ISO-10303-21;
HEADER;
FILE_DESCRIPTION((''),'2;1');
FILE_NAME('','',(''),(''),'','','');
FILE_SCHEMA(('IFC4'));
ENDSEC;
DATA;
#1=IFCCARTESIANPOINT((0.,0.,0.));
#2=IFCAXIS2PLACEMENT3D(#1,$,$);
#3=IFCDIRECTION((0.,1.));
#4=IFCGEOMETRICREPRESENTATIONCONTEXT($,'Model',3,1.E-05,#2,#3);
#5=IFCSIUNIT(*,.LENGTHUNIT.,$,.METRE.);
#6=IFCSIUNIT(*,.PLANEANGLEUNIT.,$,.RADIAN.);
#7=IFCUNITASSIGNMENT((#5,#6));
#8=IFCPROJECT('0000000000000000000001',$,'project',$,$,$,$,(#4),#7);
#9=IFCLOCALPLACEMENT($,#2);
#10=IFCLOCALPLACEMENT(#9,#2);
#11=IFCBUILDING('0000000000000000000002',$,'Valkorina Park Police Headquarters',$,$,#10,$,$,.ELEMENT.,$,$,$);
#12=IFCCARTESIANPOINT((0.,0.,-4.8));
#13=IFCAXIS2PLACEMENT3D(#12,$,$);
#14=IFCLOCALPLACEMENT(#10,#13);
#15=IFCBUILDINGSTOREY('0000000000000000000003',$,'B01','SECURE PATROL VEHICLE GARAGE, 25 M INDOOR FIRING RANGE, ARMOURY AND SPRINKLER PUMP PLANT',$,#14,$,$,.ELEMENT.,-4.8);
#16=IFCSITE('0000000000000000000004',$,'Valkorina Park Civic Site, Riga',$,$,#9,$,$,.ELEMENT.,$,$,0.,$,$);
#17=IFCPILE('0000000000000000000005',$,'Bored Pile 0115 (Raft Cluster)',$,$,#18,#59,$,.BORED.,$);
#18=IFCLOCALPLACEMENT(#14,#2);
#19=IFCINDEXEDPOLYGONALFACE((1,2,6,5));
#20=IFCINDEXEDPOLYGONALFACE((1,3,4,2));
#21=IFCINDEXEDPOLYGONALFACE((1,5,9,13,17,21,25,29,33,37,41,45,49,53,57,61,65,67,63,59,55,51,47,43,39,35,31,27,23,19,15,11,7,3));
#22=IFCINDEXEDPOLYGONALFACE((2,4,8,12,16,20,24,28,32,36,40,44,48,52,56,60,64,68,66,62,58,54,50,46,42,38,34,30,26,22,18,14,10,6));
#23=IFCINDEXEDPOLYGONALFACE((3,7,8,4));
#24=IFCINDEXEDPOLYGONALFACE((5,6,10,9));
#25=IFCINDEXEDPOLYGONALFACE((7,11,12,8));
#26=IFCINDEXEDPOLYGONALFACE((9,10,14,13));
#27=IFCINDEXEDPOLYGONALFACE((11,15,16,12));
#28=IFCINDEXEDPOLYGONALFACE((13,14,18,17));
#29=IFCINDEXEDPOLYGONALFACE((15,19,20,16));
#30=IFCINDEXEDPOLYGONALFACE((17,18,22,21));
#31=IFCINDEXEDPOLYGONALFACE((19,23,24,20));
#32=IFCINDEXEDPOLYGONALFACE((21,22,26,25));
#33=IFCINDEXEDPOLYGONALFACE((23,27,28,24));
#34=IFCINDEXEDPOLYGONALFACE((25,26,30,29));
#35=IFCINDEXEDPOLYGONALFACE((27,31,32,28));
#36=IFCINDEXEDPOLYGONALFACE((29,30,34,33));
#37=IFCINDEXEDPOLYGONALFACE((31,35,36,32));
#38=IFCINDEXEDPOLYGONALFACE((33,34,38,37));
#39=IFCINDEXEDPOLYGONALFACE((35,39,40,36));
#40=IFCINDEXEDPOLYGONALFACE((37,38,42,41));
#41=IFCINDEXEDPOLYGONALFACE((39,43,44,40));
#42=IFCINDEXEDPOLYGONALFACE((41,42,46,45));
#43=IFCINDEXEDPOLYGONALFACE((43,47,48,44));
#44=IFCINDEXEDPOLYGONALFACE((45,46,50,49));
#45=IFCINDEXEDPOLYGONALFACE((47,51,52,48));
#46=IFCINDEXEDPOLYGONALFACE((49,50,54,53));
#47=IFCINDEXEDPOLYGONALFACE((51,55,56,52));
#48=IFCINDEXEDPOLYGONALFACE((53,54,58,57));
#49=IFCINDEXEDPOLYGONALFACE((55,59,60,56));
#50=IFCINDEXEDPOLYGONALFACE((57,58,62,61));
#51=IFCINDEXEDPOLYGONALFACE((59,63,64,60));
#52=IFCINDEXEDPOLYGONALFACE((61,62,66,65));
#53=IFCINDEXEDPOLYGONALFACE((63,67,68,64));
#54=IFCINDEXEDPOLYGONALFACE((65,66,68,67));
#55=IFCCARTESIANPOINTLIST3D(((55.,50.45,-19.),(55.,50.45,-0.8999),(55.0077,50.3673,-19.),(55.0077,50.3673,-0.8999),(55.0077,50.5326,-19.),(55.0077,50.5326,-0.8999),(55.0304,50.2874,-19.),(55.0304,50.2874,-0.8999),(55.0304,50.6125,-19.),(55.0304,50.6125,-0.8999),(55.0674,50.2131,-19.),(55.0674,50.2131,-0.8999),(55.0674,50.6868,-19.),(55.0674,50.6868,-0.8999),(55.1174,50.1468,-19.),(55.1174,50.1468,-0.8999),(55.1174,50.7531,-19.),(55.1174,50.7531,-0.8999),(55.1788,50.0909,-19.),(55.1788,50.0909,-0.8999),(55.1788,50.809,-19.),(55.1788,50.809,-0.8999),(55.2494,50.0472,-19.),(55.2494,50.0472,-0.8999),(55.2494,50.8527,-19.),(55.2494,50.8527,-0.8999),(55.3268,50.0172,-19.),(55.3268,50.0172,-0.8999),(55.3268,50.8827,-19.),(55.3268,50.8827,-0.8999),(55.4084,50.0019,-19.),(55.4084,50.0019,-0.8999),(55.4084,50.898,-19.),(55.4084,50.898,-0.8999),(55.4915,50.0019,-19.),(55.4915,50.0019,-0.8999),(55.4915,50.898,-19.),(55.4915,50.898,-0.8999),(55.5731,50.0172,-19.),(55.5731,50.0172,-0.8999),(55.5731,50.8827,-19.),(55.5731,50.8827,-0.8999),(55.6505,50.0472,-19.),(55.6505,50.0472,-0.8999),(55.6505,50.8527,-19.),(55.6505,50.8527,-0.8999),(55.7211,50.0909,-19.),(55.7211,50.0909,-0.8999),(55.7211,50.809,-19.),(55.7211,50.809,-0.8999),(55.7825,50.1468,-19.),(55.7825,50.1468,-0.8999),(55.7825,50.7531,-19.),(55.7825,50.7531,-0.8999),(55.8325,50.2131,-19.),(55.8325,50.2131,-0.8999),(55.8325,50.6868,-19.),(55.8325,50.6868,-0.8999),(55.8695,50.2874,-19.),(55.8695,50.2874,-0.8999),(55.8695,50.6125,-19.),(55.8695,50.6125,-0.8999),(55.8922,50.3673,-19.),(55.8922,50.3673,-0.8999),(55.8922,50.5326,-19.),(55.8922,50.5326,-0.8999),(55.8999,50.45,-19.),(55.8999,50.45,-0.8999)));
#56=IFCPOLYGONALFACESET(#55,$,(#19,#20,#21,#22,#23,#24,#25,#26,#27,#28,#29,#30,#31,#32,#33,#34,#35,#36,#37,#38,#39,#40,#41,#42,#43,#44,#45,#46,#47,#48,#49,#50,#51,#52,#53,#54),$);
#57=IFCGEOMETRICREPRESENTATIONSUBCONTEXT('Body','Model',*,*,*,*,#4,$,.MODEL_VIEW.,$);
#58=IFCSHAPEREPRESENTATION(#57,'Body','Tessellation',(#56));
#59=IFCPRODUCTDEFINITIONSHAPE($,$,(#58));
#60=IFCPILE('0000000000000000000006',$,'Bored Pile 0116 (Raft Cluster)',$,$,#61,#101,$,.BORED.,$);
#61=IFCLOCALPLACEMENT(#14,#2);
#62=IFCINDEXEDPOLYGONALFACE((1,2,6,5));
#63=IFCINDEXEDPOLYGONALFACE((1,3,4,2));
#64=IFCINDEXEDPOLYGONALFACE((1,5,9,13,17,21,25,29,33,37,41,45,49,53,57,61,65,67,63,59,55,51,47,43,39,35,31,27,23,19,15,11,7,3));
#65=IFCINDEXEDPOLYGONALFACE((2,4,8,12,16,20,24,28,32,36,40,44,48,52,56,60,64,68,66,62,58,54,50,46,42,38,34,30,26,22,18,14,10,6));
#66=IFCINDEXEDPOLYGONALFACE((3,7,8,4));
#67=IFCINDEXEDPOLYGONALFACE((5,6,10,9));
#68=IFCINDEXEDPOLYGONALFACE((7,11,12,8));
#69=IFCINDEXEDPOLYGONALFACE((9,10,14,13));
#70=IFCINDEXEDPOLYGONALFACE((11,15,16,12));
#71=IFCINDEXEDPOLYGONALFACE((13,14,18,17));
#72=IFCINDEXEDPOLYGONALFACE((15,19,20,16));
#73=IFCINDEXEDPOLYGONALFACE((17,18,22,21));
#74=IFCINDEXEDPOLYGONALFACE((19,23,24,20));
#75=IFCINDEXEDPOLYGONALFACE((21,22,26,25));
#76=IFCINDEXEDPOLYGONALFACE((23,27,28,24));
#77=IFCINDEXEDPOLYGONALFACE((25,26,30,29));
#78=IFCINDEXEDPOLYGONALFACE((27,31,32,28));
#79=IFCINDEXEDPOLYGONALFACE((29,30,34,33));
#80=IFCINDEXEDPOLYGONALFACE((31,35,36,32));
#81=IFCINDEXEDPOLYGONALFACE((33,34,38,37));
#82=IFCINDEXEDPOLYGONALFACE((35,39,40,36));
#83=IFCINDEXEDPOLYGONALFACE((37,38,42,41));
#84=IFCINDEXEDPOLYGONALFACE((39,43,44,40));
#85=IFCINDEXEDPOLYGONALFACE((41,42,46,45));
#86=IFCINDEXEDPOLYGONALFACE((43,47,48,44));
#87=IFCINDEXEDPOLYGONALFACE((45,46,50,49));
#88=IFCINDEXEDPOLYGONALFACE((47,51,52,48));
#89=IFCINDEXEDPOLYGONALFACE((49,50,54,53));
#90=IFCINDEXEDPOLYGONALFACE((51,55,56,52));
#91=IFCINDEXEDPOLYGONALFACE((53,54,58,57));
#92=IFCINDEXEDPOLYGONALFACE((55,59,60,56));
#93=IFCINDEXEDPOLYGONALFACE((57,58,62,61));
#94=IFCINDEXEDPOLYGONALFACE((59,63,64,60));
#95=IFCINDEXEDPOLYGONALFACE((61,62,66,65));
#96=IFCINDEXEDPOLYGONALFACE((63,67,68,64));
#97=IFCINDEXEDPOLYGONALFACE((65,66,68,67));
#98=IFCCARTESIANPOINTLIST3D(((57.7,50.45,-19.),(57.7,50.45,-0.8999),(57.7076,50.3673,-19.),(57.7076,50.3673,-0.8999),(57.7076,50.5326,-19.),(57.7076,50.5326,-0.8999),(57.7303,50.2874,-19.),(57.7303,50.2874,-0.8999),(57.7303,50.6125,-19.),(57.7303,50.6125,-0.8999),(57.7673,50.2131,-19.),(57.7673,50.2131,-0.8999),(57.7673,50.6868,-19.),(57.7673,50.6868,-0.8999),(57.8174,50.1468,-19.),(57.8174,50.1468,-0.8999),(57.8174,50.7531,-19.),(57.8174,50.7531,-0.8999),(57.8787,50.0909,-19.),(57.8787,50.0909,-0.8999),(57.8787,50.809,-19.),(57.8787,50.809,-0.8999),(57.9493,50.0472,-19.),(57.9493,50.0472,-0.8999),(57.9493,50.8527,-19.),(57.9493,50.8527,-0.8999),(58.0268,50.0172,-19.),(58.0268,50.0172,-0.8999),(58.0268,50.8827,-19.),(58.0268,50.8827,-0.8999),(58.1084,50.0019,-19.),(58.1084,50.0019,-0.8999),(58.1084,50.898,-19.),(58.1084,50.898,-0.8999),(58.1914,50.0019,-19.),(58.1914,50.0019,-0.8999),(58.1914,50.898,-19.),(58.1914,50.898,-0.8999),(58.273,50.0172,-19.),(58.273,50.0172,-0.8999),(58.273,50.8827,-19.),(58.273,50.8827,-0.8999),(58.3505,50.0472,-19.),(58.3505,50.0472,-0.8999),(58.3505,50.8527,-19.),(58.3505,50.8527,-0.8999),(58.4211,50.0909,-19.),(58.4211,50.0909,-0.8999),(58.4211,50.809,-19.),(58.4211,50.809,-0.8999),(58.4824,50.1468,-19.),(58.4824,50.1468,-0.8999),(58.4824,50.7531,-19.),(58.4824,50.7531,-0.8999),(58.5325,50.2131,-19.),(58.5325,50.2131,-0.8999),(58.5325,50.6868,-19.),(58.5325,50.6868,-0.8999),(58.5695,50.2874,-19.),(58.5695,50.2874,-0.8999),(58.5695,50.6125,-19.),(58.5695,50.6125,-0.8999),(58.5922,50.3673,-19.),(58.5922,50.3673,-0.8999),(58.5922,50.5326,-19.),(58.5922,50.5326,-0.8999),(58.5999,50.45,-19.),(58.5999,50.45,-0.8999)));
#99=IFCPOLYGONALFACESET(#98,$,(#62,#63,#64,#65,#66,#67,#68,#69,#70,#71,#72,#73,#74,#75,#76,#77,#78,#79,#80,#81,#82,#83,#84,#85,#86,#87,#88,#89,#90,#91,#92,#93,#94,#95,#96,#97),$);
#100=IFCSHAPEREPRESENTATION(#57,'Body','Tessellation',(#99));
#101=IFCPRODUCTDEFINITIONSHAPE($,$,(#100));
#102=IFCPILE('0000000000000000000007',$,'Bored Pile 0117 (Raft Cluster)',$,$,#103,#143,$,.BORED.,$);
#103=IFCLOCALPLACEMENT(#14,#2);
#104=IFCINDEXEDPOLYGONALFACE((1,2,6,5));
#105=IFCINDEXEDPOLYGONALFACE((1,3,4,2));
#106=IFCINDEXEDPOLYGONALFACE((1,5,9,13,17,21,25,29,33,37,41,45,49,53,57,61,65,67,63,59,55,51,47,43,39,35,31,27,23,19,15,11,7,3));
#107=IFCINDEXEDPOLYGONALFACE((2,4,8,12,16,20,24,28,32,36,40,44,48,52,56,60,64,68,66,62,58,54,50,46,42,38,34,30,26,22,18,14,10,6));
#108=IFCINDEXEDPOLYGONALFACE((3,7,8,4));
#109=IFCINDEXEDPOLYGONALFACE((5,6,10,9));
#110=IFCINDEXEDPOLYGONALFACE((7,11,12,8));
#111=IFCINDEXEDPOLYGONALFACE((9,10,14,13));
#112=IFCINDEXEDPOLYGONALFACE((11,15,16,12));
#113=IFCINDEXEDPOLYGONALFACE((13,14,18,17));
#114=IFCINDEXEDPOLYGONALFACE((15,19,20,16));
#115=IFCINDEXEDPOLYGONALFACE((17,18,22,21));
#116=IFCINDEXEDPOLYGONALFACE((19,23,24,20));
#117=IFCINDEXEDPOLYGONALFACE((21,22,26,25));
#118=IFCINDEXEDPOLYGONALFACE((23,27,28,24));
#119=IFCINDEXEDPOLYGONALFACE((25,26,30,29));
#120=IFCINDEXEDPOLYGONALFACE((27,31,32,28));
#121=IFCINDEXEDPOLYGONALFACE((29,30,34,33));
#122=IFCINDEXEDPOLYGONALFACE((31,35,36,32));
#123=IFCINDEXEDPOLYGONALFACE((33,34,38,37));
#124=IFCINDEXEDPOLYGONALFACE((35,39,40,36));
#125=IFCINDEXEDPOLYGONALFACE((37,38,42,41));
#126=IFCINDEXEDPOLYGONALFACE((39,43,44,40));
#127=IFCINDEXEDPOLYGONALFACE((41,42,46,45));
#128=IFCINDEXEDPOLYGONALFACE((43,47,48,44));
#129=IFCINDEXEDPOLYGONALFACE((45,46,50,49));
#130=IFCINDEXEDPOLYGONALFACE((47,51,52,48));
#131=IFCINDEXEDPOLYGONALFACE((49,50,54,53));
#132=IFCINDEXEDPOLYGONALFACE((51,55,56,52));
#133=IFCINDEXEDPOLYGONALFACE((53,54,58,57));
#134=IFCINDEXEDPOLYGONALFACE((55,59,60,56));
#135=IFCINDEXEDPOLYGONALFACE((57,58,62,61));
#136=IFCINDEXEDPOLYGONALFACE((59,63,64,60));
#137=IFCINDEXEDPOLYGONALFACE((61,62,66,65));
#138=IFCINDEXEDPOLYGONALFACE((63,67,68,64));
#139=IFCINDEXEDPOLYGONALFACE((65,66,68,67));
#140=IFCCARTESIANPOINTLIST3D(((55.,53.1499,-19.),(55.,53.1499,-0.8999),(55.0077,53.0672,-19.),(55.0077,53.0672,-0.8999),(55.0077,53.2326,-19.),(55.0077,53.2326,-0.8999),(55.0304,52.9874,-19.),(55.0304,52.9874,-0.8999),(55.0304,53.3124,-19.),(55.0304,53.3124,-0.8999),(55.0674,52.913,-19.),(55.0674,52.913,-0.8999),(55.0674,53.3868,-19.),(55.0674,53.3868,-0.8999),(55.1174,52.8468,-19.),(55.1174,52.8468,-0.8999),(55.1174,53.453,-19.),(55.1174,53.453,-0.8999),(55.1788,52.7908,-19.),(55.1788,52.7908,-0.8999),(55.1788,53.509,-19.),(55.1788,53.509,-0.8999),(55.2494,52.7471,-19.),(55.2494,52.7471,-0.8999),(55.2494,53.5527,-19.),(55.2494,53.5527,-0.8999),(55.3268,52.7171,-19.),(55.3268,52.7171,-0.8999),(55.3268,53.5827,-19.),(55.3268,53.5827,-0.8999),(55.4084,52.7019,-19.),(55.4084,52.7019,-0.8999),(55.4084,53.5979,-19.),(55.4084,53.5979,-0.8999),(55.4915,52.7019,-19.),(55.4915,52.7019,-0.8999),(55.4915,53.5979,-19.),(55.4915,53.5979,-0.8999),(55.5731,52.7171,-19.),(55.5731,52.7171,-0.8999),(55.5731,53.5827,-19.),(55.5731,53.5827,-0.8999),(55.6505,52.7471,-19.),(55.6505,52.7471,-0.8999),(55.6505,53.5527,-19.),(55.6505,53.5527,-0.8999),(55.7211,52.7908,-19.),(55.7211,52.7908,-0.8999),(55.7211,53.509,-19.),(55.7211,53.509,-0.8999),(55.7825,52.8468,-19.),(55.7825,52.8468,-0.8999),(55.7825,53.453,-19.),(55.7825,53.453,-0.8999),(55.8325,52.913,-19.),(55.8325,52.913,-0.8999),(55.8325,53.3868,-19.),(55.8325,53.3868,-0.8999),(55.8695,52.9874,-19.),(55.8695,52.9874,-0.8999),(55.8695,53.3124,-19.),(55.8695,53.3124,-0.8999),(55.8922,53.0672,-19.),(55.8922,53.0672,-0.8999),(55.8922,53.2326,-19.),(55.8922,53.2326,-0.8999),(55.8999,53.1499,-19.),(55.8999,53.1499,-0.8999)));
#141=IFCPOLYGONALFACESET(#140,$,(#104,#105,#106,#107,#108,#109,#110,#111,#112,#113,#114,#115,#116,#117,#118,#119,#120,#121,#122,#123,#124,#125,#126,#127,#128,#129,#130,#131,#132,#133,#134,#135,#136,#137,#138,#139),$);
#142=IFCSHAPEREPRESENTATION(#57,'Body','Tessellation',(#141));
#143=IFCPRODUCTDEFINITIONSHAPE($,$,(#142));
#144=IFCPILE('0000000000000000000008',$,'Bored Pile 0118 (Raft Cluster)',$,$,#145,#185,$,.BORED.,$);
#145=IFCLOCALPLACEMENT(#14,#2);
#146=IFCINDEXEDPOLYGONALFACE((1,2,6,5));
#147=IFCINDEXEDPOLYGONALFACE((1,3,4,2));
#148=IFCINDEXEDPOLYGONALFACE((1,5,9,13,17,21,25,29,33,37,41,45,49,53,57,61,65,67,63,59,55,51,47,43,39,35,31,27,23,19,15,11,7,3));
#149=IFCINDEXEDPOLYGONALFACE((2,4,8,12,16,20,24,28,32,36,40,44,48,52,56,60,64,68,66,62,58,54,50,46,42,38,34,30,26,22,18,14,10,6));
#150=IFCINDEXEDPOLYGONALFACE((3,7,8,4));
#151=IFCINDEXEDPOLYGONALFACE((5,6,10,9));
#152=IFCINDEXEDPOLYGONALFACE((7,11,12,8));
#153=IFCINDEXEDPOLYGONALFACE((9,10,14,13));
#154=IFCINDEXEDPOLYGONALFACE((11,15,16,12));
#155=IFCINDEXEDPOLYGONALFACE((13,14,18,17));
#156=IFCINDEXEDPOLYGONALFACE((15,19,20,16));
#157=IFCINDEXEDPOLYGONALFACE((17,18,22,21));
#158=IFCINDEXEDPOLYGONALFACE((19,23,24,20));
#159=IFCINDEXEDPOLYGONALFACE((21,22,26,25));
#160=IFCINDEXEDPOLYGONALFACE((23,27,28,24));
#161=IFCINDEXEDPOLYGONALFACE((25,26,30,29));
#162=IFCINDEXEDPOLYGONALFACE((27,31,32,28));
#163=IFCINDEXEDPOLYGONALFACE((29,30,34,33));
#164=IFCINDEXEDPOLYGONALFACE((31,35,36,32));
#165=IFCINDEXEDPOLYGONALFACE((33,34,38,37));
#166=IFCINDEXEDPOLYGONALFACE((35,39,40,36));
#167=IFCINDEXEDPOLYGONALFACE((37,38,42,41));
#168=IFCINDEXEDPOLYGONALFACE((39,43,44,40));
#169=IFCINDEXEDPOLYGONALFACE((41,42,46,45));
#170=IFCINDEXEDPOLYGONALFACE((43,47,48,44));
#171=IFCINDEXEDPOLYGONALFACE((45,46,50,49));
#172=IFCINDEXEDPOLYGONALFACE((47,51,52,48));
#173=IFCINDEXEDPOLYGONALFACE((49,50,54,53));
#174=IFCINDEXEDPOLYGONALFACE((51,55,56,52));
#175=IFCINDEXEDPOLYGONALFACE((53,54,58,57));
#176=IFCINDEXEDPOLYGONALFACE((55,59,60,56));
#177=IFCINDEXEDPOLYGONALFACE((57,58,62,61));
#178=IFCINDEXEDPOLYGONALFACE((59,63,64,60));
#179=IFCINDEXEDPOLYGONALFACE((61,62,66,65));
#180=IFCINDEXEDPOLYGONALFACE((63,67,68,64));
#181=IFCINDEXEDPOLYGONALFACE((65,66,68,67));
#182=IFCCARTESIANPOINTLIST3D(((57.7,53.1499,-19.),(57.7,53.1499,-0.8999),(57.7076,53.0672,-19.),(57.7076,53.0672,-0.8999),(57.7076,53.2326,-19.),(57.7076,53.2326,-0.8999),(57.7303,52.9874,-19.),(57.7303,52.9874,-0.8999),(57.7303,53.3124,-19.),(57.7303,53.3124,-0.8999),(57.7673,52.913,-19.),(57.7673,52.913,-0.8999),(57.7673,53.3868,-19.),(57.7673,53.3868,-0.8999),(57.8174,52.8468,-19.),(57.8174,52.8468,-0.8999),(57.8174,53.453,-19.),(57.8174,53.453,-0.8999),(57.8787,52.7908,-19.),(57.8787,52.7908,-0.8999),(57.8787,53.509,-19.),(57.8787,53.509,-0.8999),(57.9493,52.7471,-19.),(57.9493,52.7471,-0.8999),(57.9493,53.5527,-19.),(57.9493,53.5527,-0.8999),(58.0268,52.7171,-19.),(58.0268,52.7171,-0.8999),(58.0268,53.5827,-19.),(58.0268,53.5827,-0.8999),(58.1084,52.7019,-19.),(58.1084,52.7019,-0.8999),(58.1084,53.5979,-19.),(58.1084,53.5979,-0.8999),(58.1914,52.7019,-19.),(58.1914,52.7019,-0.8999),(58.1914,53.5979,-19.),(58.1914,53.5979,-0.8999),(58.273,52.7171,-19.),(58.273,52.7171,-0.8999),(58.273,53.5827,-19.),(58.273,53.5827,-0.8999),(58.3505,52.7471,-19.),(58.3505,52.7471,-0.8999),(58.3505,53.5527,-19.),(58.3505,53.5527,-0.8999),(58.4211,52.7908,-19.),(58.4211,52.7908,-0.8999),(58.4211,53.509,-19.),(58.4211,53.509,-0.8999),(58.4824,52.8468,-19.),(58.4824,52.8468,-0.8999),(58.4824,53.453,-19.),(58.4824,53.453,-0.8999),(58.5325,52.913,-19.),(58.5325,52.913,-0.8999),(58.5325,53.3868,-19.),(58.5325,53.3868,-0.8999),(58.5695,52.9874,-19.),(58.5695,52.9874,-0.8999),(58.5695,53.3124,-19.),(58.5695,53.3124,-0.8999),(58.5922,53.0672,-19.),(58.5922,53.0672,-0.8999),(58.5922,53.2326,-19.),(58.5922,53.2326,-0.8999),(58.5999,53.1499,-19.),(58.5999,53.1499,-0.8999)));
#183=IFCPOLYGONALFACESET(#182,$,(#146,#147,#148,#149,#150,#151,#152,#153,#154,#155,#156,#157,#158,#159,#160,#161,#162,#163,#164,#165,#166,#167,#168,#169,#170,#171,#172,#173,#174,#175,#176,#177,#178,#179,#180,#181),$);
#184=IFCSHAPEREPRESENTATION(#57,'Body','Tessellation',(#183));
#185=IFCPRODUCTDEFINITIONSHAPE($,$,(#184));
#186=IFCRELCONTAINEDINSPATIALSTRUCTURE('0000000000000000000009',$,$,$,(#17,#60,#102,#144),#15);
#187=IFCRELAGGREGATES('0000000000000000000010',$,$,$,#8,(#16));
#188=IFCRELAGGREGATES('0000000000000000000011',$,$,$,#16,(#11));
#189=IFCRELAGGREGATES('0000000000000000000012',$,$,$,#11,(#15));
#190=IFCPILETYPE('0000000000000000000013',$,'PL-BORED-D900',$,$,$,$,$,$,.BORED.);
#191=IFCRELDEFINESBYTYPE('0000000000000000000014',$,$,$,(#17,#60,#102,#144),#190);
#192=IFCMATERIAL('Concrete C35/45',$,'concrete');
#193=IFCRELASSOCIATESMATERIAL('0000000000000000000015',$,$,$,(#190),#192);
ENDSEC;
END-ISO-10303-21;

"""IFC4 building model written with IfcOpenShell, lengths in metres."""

from ifc_helpers import new_model, si_unit, direction, frame, origin, origin_2d, place, context, subcontext, project, spatial, circle, extrude, material, material_profile, profile_set, type_object, element, save


model = new_model("IFC4")

# Units and contexts
model_context = context("Model", 3, precision=1e-05, world=origin(), true_north=direction((0.0, 1.0)))
body_context = subcontext(model_context, "Body", "Model", "MODEL_VIEW")
ifc_project = project(units=[si_unit("LENGTHUNIT", "METRE"), si_unit("PLANEANGLEUNIT", "RADIAN")], contexts=[model_context])

# Site, building, storey
site_placement = place(None, origin())
site = spatial("IfcSite", under=ifc_project, at=site_placement, Name="Valkorina Park Civic Site, Riga", CompositionType="ELEMENT", RefElevation=0.0)
building_placement = place(site_placement, origin())
building = spatial("IfcBuilding", under=site, at=building_placement, Name="Valkorina Park Police Headquarters", CompositionType="ELEMENT")
storey_placement = place(building_placement, frame((0.0, 0.0, -4.8)))
storey = spatial("IfcBuildingStorey", under=building, at=storey_placement, Name="B01", Description="SECURE PATROL VEHICLE GARAGE, 25 M INDOOR FIRING RANGE, ARMOURY AND SPRINKLER PUMP PLANT", CompositionType="ELEMENT", Elevation=-4.8)

# Piles
ifc_material_1 = material(Name="Concrete C35/45", Category="concrete")
ifc_material_profile_1 = material_profile(ifc_material_1, circle(Radius=0.45, at=origin_2d()), Name="BORED PILE D900")
ifc_profile_set_1 = profile_set([ifc_material_profile_1], Name="Concrete C35/45")
pile_type = type_object("IfcPileType", Name="PL-BORED-D900", PredefinedType="BORED", material=ifc_profile_set_1)
for number, where, z_axis, x_axis, name in (
    (1, (55.45, 50.45, -0.8999), (0.0, 0.0, -1.0), (1.0, 0.0, 0.0), "Bored Pile 0115 (Raft Cluster)"),
    (2, (58.1499, 50.45, -0.8999), (0.0, 0.0, -1.0), (1.0, 0.0, 0.0), "Bored Pile 0116 (Raft Cluster)"),
    (3, (55.45, 53.1499, -0.8999), (0.0, 0.0, -1.0), (1.0, 0.0, 0.0), "Bored Pile 0117 (Raft Cluster)"),
    (4, (58.1499, 53.1499, -0.8999), (0.0, 0.0, -1.0), (1.0, 0.0, 0.0), "Bored Pile 0118 (Raft Cluster)"),
):
    element("IfcPile", number, at=place(storey_placement, frame(where, z_axis=z_axis, x_axis=x_axis)), inside=storey, type_object=pile_type, Name=name, PredefinedType="BORED", context=body_context, shape_type="SweptSolid", body=[
        extrude(circle(Radius=0.45, at=origin_2d()), origin(), (0.0, 0.0, 1.0), 18.1001),
    ])

save(model, "model.ifc")
